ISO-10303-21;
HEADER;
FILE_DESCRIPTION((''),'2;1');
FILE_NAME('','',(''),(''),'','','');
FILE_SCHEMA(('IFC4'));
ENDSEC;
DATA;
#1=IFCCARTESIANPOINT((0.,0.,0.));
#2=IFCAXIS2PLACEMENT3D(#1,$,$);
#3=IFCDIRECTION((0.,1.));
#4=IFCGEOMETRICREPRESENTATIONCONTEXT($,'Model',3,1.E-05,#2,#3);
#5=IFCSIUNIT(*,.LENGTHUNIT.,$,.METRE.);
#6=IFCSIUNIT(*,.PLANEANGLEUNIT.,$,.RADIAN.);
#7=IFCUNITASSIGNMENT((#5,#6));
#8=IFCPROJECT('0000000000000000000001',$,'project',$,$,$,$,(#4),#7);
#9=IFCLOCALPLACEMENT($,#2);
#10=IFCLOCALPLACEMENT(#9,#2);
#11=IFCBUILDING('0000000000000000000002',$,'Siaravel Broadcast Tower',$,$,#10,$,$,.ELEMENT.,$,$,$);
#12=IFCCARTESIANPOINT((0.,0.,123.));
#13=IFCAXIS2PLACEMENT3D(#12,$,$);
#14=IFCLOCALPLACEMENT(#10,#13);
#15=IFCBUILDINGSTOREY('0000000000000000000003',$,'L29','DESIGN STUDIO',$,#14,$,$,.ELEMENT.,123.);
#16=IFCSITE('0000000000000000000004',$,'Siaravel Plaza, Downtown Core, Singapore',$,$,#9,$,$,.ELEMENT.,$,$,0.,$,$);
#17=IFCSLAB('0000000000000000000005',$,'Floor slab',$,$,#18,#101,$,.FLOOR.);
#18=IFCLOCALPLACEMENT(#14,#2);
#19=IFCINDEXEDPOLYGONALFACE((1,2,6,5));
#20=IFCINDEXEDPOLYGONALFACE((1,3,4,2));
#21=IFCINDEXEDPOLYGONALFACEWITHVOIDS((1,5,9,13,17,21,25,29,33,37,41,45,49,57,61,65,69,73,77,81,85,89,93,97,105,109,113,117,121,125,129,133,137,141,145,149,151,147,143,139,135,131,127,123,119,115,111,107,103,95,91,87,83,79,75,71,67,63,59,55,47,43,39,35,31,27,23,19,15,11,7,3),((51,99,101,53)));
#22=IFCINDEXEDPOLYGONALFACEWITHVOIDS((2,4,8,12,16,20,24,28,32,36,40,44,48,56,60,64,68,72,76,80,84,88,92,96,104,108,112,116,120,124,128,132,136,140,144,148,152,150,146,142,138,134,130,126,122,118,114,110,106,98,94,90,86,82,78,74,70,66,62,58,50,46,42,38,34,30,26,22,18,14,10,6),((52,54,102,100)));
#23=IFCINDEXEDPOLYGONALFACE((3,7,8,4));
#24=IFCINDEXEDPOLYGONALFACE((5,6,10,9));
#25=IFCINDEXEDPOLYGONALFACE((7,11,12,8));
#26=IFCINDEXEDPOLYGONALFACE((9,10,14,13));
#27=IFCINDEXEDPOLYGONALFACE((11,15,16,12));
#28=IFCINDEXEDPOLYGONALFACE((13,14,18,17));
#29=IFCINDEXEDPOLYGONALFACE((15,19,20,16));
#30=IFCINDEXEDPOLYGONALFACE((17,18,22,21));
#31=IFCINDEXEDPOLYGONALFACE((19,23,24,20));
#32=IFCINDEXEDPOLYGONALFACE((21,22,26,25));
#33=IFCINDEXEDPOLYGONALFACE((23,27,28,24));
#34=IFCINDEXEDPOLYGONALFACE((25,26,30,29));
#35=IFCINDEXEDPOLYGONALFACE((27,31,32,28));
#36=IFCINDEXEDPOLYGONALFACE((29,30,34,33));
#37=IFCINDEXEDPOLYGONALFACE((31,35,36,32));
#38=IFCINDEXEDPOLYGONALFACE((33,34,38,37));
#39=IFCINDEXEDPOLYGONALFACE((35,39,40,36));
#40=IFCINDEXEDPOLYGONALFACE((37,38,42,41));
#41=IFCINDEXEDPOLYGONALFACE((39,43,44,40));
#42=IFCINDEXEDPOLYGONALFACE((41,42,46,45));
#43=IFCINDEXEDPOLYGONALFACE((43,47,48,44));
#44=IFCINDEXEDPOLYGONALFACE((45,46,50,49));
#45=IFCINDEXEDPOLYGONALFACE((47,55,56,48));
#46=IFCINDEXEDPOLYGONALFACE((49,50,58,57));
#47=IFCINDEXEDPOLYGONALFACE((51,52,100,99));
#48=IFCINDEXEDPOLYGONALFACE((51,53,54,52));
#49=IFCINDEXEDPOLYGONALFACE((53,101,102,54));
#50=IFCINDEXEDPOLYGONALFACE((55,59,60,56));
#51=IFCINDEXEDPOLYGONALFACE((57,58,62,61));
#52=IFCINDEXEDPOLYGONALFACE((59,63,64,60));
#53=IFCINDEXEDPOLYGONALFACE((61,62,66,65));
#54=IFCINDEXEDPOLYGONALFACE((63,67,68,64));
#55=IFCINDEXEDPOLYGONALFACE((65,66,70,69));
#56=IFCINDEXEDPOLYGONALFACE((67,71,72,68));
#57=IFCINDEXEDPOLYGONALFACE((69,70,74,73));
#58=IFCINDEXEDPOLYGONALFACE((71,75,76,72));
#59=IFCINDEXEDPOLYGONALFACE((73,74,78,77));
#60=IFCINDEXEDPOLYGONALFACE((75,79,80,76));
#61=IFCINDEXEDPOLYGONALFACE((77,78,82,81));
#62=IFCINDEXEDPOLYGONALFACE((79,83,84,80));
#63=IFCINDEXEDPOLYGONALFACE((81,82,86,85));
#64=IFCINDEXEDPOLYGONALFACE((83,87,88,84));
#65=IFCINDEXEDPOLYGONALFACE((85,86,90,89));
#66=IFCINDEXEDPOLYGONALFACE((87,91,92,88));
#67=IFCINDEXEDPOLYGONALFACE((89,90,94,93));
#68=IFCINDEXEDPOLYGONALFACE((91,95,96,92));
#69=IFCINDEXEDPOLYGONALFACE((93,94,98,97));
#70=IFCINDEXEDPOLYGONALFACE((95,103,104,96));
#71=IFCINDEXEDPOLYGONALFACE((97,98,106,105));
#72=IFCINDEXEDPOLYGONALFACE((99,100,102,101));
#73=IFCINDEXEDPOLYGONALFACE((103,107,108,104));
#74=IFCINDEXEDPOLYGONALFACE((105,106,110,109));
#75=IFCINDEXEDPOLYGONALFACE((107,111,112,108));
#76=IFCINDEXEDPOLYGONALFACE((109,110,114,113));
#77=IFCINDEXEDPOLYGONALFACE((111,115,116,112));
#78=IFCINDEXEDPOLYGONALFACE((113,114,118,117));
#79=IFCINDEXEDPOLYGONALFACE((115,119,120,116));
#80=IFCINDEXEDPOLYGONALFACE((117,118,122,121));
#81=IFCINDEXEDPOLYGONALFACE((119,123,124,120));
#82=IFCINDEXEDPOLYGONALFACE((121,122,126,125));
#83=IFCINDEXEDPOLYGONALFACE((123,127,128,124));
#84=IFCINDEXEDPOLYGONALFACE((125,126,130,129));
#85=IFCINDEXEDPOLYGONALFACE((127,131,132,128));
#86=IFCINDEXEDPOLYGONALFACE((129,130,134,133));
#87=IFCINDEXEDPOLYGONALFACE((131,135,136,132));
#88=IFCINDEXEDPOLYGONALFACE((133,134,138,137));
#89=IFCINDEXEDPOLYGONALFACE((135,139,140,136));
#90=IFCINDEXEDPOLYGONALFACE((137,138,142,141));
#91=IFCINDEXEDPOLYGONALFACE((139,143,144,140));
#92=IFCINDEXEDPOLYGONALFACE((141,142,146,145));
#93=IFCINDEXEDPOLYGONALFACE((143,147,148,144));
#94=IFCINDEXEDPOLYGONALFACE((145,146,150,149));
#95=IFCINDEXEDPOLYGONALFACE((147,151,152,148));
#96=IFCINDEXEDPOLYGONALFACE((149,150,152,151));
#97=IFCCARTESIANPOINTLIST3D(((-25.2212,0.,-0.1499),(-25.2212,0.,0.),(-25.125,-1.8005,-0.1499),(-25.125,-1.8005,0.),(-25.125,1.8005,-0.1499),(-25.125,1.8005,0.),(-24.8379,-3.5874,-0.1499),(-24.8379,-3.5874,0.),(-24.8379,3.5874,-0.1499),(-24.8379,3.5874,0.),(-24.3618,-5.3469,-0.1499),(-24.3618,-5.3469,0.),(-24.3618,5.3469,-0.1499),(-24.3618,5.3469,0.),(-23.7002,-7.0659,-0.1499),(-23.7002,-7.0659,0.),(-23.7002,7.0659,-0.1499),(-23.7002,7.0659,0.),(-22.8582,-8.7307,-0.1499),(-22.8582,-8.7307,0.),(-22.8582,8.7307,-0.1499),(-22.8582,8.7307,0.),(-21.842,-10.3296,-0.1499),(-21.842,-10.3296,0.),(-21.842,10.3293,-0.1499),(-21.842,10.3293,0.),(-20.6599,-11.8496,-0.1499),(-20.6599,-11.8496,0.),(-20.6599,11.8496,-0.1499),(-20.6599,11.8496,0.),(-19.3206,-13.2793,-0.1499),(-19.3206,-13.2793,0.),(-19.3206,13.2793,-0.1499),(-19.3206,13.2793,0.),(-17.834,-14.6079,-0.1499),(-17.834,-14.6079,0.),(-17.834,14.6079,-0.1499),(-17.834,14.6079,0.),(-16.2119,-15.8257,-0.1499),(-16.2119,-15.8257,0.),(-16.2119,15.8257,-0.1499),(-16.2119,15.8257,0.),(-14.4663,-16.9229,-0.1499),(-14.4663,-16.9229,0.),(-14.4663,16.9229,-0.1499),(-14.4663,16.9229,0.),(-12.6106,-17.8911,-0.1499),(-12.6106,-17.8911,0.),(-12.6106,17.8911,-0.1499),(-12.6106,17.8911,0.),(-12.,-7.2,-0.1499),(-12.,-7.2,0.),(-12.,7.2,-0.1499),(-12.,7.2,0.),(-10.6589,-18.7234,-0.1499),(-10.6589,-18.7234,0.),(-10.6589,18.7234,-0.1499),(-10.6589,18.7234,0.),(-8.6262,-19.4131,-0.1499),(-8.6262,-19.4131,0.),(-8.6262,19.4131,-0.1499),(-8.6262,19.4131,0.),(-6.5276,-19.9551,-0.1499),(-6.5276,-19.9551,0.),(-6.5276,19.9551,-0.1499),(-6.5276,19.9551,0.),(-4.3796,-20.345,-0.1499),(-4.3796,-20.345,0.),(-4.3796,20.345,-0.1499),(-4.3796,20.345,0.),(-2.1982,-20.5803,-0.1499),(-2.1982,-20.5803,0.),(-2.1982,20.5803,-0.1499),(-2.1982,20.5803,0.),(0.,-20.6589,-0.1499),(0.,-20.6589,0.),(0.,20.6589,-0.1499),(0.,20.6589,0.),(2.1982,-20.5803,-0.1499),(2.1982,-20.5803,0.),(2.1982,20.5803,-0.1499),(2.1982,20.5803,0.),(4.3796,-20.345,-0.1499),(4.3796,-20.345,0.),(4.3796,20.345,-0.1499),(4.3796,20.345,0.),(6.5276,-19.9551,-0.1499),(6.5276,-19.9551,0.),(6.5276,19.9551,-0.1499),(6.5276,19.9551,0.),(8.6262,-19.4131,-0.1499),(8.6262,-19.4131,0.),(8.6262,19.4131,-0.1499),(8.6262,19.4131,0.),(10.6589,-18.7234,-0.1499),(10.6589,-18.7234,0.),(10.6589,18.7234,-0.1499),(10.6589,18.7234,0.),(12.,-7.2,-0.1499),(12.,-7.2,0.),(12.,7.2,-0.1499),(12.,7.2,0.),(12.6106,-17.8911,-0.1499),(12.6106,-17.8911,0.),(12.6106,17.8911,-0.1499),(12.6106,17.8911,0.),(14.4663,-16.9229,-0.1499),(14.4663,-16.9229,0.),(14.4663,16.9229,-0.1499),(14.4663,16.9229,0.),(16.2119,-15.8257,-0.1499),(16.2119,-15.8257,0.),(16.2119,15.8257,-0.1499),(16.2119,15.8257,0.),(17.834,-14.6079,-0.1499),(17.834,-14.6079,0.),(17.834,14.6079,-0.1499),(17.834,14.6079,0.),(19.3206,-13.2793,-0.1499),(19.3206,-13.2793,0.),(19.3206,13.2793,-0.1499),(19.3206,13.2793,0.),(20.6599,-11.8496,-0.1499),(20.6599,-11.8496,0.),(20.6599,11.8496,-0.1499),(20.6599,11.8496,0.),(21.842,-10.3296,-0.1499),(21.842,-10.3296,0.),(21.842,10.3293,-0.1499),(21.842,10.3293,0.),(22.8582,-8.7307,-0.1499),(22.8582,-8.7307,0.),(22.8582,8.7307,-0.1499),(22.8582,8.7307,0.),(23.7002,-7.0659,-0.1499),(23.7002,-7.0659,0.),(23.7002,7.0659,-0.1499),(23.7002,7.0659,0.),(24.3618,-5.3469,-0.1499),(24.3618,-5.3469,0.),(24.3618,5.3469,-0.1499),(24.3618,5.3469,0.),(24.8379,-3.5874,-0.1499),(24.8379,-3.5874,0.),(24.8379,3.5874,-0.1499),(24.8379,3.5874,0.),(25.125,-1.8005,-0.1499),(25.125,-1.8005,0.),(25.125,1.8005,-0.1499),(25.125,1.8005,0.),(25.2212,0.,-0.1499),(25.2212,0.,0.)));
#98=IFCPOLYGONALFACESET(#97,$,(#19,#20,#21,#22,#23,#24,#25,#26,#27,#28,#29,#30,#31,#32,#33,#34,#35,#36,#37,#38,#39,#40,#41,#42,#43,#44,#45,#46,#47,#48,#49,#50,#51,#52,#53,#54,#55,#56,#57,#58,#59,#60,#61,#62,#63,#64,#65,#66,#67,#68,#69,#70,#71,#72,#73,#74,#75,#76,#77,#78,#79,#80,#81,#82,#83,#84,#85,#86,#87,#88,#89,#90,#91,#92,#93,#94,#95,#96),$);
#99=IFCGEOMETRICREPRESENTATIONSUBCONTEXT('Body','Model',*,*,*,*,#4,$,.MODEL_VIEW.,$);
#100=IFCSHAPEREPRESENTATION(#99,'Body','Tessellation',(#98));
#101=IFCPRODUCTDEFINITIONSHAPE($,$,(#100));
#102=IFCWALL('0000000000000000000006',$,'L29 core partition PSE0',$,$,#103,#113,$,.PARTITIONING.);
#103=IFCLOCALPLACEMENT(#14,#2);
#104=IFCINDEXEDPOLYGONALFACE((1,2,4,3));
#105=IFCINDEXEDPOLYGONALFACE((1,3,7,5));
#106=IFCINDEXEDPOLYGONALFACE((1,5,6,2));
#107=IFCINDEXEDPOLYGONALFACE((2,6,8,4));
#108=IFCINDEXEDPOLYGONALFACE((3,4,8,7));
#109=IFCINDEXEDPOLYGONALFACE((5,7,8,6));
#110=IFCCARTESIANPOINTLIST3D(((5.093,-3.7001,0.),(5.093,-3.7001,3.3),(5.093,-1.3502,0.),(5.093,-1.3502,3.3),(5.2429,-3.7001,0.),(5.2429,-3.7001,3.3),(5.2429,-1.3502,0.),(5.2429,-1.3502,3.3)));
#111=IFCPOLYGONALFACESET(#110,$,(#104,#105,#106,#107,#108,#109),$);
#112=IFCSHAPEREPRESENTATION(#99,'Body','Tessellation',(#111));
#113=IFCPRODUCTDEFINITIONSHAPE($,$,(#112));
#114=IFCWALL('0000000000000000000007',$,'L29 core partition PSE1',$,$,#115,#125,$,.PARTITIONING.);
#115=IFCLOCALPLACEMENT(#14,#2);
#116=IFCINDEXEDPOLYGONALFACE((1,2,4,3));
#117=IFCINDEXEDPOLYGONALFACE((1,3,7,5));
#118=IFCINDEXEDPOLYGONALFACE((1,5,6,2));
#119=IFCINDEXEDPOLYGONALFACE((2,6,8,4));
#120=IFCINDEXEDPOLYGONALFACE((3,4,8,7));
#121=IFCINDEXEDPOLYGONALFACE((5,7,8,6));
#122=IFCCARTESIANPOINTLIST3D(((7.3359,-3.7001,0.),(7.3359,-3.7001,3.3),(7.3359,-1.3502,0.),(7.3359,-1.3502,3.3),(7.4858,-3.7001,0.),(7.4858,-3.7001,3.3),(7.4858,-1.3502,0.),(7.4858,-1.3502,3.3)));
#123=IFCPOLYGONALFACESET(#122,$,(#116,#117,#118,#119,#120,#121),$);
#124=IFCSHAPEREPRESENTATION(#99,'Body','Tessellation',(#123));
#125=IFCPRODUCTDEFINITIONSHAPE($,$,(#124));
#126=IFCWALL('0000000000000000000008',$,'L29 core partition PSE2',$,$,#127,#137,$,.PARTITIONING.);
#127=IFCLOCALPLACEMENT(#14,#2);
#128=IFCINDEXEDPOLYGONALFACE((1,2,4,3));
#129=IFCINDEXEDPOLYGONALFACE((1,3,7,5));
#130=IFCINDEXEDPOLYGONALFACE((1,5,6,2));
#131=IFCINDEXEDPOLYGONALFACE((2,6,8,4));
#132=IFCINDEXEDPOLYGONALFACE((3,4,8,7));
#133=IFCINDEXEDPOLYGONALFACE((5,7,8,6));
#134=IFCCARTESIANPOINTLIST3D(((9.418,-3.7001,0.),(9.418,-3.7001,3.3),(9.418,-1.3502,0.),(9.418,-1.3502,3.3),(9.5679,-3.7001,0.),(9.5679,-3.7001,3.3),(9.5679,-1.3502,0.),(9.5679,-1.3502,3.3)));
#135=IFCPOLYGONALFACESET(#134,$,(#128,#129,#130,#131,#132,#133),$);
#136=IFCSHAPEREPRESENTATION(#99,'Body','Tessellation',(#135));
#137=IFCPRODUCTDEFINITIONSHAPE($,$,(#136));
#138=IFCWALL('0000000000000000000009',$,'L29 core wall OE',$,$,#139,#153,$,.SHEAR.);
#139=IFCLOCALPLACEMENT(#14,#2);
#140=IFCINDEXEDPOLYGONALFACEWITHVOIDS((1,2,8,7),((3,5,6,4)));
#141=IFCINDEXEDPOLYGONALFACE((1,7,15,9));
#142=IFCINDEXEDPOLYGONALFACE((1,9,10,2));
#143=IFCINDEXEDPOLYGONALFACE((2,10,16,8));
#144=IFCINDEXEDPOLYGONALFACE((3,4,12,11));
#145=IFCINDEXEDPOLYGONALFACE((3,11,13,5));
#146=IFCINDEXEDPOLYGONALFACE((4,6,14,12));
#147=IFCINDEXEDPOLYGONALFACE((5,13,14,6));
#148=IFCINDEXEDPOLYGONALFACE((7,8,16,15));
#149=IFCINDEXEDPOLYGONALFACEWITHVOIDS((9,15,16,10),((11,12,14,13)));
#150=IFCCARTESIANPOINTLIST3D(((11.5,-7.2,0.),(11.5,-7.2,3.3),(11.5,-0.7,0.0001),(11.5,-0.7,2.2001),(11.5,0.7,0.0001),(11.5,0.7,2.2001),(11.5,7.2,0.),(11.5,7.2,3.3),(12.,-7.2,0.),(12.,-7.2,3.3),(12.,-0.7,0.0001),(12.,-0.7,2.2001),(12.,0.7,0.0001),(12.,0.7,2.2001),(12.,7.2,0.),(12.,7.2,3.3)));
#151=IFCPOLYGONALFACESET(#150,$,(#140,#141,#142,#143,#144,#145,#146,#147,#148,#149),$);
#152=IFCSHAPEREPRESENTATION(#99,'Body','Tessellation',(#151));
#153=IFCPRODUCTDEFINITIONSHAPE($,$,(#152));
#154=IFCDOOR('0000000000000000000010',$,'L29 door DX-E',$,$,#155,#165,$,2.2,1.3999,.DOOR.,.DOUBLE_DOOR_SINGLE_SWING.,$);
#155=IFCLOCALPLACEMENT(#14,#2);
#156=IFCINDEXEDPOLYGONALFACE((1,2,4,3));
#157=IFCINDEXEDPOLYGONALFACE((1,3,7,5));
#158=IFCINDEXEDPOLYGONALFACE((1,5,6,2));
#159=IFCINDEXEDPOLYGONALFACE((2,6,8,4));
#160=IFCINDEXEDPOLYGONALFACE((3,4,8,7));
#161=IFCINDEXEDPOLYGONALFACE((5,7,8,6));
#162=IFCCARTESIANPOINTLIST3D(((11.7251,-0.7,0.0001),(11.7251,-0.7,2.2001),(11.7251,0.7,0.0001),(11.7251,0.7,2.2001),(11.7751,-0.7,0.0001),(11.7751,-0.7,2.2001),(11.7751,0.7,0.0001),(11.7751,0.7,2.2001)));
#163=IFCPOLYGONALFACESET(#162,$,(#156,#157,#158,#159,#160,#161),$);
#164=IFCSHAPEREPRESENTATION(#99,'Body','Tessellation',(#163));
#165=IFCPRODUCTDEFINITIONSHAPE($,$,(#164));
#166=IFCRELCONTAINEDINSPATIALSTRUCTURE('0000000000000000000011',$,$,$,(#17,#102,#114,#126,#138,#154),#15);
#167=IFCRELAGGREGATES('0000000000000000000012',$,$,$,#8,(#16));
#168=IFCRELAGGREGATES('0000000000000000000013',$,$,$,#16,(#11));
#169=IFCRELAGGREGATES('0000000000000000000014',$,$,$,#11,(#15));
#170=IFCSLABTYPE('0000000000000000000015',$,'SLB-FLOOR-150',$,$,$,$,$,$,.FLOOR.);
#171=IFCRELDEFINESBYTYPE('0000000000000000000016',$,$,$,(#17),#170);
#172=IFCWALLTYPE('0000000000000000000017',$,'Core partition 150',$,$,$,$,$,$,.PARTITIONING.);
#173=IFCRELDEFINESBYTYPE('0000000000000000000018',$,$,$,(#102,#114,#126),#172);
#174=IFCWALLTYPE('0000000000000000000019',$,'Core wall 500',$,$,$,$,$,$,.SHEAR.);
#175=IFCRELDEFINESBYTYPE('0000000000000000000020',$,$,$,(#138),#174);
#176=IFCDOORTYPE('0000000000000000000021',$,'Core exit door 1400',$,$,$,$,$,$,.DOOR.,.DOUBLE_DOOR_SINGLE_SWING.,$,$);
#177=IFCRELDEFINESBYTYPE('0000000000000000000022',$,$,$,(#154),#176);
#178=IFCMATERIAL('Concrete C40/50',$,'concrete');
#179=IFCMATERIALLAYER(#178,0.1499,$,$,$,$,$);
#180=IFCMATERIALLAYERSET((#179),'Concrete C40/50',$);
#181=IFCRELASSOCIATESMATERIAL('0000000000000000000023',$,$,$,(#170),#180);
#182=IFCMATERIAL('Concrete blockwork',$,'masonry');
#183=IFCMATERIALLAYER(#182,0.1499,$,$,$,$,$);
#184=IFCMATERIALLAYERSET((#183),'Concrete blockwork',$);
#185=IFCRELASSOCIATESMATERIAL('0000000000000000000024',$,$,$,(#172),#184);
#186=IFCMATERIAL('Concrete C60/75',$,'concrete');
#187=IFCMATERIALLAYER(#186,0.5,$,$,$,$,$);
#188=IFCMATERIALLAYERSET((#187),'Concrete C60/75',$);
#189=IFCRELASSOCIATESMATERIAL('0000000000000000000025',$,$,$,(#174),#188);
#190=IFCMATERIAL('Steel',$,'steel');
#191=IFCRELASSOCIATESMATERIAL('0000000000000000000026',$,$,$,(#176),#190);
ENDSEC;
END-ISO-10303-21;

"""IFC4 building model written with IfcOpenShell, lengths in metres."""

from ifc_helpers import new_model, si_unit, direction, frame, frame_2d, origin, place, context, subcontext, project, spatial, polyline, rectangle, outline, extrude, material, layer, layer_set, type_object, element, fill, save


model = new_model("IFC4")

# Units and contexts
model_context = context("Model", 3, precision=1e-05, world=origin(), true_north=direction((0.0, 1.0)))
body_context = subcontext(model_context, "Body", "Model", "MODEL_VIEW")
ifc_project = project(units=[si_unit("LENGTHUNIT", "METRE"), si_unit("PLANEANGLEUNIT", "RADIAN")], contexts=[model_context])

# Site, building, storey
site_placement = place(None, origin())
site = spatial("IfcSite", under=ifc_project, at=site_placement, Name="Siaravel Plaza, Downtown Core, Singapore", CompositionType="ELEMENT", RefElevation=0.0)
building_placement = place(site_placement, origin())
building = spatial("IfcBuilding", under=site, at=building_placement, Name="Siaravel Broadcast Tower", CompositionType="ELEMENT")
storey_placement = place(building_placement, frame((0.0, 0.0, 123.0)))
storey = spatial("IfcBuildingStorey", under=building, at=storey_placement, Name="L29", Description="DESIGN STUDIO", CompositionType="ELEMENT", Elevation=123.0)

# Slab
ifc_material_1 = material(Name="Concrete C40/50", Category="concrete")
ifc_layer_1 = layer(ifc_material_1, 0.1499)
ifc_layer_set_1 = layer_set([ifc_layer_1], Name="Concrete C40/50")
slab_type = type_object("IfcSlabType", Name="SLB-FLOOR-150", PredefinedType="FLOOR", material=ifc_layer_set_1)
slab_placement = place(storey_placement, frame((0.0, 0.0, -0.1499)))
element("IfcSlab", 1, at=slab_placement, inside=storey, type_object=slab_type, Name="Floor slab", PredefinedType="FLOOR", context=body_context, shape_type="SweptSolid", body=[
    extrude(outline(polyline([(25.2212, 0.0), (25.125, 1.8005), (24.8379, 3.5874), (24.3618, 5.3469), (23.7002, 7.0659), (22.8582, 8.7307), (21.842, 10.3293), (20.6599, 11.8496), (19.3206, 13.2793), (17.834, 14.6079), (16.2119, 15.8257), (14.4663, 16.9229), (12.6106, 17.8911), (10.6589, 18.7234), (8.6262, 19.4131), (6.5276, 19.9551), (4.3796, 20.345), (2.1982, 20.5803), (0.0, 20.6589), (-2.1982, 20.5803), (-4.3796, 20.345), (-6.5276, 19.9551), (-8.6262, 19.4131), (-10.6589, 18.7234), (-12.6106, 17.8911), (-14.4663, 16.9229), (-16.2119, 15.8257), (-17.834, 14.6079), (-19.3206, 13.2793), (-20.6599, 11.8496), (-21.842, 10.3293), (-22.8582, 8.7307), (-23.7002, 7.0659), (-24.3618, 5.3469), (-24.8379, 3.5874), (-25.125, 1.8005), (-25.2212, 0.0), (-25.125, -1.8005), (-24.8379, -3.5874), (-24.3618, -5.3469), (-23.7002, -7.0659), (-22.8582, -8.7307), (-21.842, -10.3296), (-20.6599, -11.8496), (-19.3206, -13.2793), (-17.834, -14.6079), (-16.2119, -15.8257), (-14.4663, -16.9229), (-12.6106, -17.8911), (-10.6589, -18.7234), (-8.6262, -19.4131), (-6.5276, -19.9551), (-4.3796, -20.345), (-2.1982, -20.5803), (0.0, -20.6589), (2.1982, -20.5803), (4.3796, -20.345), (6.5276, -19.9551), (8.6262, -19.4131), (10.6589, -18.7234), (12.6106, -17.8911), (14.4663, -16.9229), (16.2119, -15.8257), (17.834, -14.6079), (19.3206, -13.2793), (20.6599, -11.8496), (21.842, -10.3296), (22.8582, -8.7307), (23.7002, -7.0659), (24.3618, -5.3469), (24.8379, -3.5874), (25.125, -1.8005), (25.2212, 0.0)]), holes=[polyline([(-12.0, 7.2), (12.0, 7.2), (12.0, -7.2), (-12.0, -7.2), (-12.0, 7.2)])]), origin(), (0.0, 0.0, 1.0), 0.1499),
])

# Walls
ifc_material_2 = material(Name="Concrete blockwork", Category="masonry")
ifc_layer_2 = layer(ifc_material_2, 0.1499)
ifc_layer_set_2 = layer_set([ifc_layer_2], Name="Concrete blockwork")
wall_type_1 = type_object("IfcWallType", Name="Core partition 150", PredefinedType="PARTITIONING", material=ifc_layer_set_2)
for number, where, z_axis, x_axis, name in (
    (2, (5.168, -3.7, 0.0), (0.0, 0.0, 1.0), (0.0, 1.0, 0.0), "L29 core partition PSE0"),
    (3, (7.4109, -3.7, 0.0), (0.0, 0.0, 1.0), (0.0, 1.0, 0.0), "L29 core partition PSE1"),
    (4, (9.4929, -3.7, 0.0), (0.0, 0.0, 1.0), (0.0, 1.0, 0.0), "L29 core partition PSE2"),
):
    element("IfcWall", number, at=place(storey_placement, frame(where, z_axis=z_axis, x_axis=x_axis)), inside=storey, type_object=wall_type_1, Name=name, PredefinedType="PARTITIONING", context=body_context, shape_type="SweptSolid", body=[
        extrude(rectangle(XDim=2.3499, YDim=0.1499, at=frame_2d((1.1748, 0.0))), origin(), (0.0, 0.0, 1.0), 3.3),
    ])

# Wall, opening, door
ifc_material_3 = material(Name="Concrete C60/75", Category="concrete")
ifc_layer_3 = layer(ifc_material_3, 0.5)
ifc_layer_set_3 = layer_set([ifc_layer_3], Name="Concrete C60/75")
wall_type_2 = type_object("IfcWallType", Name="Core wall 500", PredefinedType="SHEAR", material=ifc_layer_set_3)
wall_1_placement = place(storey_placement, frame((11.75, -7.2, 0.0), z_axis=(0.0, 0.0, 1.0), x_axis=(0.0, 1.0, 0.0)))
wall_1 = element("IfcWall", 5, at=wall_1_placement, inside=storey, type_object=wall_type_2, Name="L29 core wall OE", PredefinedType="SHEAR", context=body_context, shape_type="SweptSolid", body=[
    extrude(rectangle(XDim=14.3999, YDim=0.5, at=frame_2d((7.2, 0.0))), origin(), (0.0, 0.0, 1.0), 3.3),
])
opening_1_placement = place(wall_1_placement, frame((6.5, 0.0, 0.0)))
opening_1 = element("IfcOpeningElement", 6, at=opening_1_placement, cuts=wall_1, PredefinedType="OPENING", context=body_context, shape_type="SweptSolid", body=[
    extrude(rectangle(XDim=1.3999, YDim=2.2, at=frame_2d((0.7, 1.1001))), frame((0.0, 0.26, 0.0), z_axis=(0.0, -1.0, 0.0), x_axis=(1.0, 0.0, 0.0)), (0.0, 0.0, 1.0), 0.52),
])
ifc_material_4 = material(Name="Steel", Category="steel")
door_type_1 = type_object("IfcDoorType", Name="Core exit door 1400", OperationType="DOUBLE_DOOR_SINGLE_SWING", PredefinedType="DOOR", material=ifc_material_4)
door_1_placement = place(opening_1_placement, origin())
door_1 = element("IfcDoor", 7, at=door_1_placement, inside=storey, type_object=door_type_1, Name="L29 door DX-E", OperationType="DOUBLE_DOOR_SINGLE_SWING", OverallHeight=2.2, OverallWidth=1.3999, PredefinedType="DOOR", context=body_context, shape_type="SweptSolid", body=[
    extrude(rectangle(XDim=1.3999, YDim=2.2, at=frame_2d((0.7, 1.1001))), frame((0.0, 0.0249, 0.0), z_axis=(0.0, -1.0, 0.0), x_axis=(1.0, 0.0, 0.0)), (0.0, 0.0, 1.0), 0.05),
])
fill(opening_1, door_1)

save(model, "model.ifc")
